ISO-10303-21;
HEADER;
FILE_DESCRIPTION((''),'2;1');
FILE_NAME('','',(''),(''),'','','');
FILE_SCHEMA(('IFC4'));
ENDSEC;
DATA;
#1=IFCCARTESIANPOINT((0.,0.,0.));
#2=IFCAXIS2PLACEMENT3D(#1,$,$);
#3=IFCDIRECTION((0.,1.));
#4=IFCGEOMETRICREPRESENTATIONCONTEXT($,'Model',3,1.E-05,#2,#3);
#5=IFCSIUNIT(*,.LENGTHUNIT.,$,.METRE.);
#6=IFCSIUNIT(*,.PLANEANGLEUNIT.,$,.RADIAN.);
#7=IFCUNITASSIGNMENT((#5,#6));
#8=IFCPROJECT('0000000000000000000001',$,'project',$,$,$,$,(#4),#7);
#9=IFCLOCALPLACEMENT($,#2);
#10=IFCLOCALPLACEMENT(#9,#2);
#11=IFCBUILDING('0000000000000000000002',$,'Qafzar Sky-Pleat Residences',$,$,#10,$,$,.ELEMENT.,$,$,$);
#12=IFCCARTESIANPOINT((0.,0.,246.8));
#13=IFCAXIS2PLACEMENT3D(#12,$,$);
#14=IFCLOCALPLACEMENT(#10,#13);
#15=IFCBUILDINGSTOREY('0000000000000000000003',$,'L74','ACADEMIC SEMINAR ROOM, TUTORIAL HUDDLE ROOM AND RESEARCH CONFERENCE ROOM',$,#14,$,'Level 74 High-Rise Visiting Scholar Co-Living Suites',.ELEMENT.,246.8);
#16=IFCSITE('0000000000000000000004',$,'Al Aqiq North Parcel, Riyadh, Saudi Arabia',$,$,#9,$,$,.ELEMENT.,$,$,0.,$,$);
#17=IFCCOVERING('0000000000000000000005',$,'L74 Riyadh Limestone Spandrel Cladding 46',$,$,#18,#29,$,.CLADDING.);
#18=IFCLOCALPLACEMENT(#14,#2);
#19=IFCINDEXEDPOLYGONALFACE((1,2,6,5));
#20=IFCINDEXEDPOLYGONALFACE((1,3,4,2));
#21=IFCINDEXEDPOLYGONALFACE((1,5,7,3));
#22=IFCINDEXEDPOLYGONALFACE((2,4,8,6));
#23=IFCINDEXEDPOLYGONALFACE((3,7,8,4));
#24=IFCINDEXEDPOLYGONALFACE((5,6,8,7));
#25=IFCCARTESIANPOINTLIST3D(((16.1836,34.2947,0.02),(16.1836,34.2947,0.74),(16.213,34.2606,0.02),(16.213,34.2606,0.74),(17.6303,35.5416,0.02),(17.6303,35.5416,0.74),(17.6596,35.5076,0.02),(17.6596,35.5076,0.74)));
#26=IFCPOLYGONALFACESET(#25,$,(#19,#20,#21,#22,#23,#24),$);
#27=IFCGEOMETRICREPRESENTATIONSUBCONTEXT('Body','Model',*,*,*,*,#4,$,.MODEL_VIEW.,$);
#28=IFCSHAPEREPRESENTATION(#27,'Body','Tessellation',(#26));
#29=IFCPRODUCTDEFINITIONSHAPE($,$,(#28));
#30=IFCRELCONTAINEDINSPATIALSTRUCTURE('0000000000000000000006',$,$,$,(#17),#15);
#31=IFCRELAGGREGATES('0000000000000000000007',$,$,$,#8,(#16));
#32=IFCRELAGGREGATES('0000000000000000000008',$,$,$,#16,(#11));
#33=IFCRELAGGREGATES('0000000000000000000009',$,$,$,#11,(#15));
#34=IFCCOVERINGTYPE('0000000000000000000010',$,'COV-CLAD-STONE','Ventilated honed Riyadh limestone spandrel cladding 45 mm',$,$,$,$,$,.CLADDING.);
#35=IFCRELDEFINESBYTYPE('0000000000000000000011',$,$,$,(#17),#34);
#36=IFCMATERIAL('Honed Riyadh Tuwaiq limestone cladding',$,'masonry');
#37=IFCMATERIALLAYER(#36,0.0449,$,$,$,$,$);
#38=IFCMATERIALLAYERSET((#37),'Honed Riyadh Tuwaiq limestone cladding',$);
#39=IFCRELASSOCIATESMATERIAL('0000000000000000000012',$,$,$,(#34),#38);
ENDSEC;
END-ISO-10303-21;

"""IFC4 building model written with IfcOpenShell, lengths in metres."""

from ifc_helpers import new_model, si_unit, direction, frame, origin, origin_2d, place, context, subcontext, project, spatial, rectangle, extrude, source, transform, mapped, material, layer, layer_set, type_object, element, save


model = new_model("IFC4")

# Units and contexts
model_context = context("Model", 3, precision=1e-05, world=origin(), true_north=direction((0.0, 1.0)))
body_context = subcontext(model_context, "Body", "Model", "MODEL_VIEW")
ifc_project = project(units=[si_unit("LENGTHUNIT", "METRE"), si_unit("PLANEANGLEUNIT", "RADIAN")], contexts=[model_context])

# Site, building, storey
site_placement = place(None, origin())
site = spatial("IfcSite", under=ifc_project, at=site_placement, Name="Al Aqiq North Parcel, Riyadh, Saudi Arabia", CompositionType="ELEMENT", RefElevation=0.0)
building_placement = place(site_placement, origin())
building = spatial("IfcBuilding", under=site, at=building_placement, Name="Qafzar Sky-Pleat Residences", CompositionType="ELEMENT")
storey_placement = place(building_placement, frame((0.0, 0.0, 246.8)))
storey = spatial("IfcBuildingStorey", under=building, at=storey_placement, Name="L74", Description="ACADEMIC SEMINAR ROOM, TUTORIAL HUDDLE ROOM AND RESEARCH CONFERENCE ROOM", LongName="Level 74 High-Rise Visiting Scholar Co-Living Suites", CompositionType="ELEMENT", Elevation=246.8)

# Covering
ifc_material_1 = material(Name="Honed Riyadh Tuwaiq limestone cladding", Category="masonry")
ifc_layer_1 = layer(ifc_material_1, 0.0449)
ifc_layer_set_1 = layer_set([ifc_layer_1], Name="Honed Riyadh Tuwaiq limestone cladding")
covering_type = type_object("IfcCoveringType", Name="COV-CLAD-STONE", Description="Ventilated honed Riyadh limestone spandrel cladding 45 mm", PredefinedType="CLADDING", material=ifc_layer_set_1)
shared_shape_1 = source(origin(), body_context, "Body", "SweptSolid", [
    extrude(rectangle(XDim=1.9099, YDim=0.0449, at=origin_2d()), origin(), (0.0, 0.0, 1.0), 0.72),
])
covering_1_placement = place(storey_placement, frame((16.9216, 34.9011, 0.02), z_axis=(0.0, 0.0, 1.0), x_axis=(-0.757454, -0.652888, 0.0)))
element("IfcCovering", 1, at=covering_1_placement, inside=storey, type_object=covering_type, Name="L74 Riyadh Limestone Spandrel Cladding 46", PredefinedType="CLADDING", context=body_context, shape_type="MappedRepresentation", body=[
    mapped(shared_shape_1, transform((0.0, 0.0, 0.0), x_axis=(1.0, 0.0, 0.0), y_axis=(0.0, 1.0, 0.0), z_axis=(0.0, 0.0, 1.0), scale=1.0)),
])

save(model, "model.ifc")
